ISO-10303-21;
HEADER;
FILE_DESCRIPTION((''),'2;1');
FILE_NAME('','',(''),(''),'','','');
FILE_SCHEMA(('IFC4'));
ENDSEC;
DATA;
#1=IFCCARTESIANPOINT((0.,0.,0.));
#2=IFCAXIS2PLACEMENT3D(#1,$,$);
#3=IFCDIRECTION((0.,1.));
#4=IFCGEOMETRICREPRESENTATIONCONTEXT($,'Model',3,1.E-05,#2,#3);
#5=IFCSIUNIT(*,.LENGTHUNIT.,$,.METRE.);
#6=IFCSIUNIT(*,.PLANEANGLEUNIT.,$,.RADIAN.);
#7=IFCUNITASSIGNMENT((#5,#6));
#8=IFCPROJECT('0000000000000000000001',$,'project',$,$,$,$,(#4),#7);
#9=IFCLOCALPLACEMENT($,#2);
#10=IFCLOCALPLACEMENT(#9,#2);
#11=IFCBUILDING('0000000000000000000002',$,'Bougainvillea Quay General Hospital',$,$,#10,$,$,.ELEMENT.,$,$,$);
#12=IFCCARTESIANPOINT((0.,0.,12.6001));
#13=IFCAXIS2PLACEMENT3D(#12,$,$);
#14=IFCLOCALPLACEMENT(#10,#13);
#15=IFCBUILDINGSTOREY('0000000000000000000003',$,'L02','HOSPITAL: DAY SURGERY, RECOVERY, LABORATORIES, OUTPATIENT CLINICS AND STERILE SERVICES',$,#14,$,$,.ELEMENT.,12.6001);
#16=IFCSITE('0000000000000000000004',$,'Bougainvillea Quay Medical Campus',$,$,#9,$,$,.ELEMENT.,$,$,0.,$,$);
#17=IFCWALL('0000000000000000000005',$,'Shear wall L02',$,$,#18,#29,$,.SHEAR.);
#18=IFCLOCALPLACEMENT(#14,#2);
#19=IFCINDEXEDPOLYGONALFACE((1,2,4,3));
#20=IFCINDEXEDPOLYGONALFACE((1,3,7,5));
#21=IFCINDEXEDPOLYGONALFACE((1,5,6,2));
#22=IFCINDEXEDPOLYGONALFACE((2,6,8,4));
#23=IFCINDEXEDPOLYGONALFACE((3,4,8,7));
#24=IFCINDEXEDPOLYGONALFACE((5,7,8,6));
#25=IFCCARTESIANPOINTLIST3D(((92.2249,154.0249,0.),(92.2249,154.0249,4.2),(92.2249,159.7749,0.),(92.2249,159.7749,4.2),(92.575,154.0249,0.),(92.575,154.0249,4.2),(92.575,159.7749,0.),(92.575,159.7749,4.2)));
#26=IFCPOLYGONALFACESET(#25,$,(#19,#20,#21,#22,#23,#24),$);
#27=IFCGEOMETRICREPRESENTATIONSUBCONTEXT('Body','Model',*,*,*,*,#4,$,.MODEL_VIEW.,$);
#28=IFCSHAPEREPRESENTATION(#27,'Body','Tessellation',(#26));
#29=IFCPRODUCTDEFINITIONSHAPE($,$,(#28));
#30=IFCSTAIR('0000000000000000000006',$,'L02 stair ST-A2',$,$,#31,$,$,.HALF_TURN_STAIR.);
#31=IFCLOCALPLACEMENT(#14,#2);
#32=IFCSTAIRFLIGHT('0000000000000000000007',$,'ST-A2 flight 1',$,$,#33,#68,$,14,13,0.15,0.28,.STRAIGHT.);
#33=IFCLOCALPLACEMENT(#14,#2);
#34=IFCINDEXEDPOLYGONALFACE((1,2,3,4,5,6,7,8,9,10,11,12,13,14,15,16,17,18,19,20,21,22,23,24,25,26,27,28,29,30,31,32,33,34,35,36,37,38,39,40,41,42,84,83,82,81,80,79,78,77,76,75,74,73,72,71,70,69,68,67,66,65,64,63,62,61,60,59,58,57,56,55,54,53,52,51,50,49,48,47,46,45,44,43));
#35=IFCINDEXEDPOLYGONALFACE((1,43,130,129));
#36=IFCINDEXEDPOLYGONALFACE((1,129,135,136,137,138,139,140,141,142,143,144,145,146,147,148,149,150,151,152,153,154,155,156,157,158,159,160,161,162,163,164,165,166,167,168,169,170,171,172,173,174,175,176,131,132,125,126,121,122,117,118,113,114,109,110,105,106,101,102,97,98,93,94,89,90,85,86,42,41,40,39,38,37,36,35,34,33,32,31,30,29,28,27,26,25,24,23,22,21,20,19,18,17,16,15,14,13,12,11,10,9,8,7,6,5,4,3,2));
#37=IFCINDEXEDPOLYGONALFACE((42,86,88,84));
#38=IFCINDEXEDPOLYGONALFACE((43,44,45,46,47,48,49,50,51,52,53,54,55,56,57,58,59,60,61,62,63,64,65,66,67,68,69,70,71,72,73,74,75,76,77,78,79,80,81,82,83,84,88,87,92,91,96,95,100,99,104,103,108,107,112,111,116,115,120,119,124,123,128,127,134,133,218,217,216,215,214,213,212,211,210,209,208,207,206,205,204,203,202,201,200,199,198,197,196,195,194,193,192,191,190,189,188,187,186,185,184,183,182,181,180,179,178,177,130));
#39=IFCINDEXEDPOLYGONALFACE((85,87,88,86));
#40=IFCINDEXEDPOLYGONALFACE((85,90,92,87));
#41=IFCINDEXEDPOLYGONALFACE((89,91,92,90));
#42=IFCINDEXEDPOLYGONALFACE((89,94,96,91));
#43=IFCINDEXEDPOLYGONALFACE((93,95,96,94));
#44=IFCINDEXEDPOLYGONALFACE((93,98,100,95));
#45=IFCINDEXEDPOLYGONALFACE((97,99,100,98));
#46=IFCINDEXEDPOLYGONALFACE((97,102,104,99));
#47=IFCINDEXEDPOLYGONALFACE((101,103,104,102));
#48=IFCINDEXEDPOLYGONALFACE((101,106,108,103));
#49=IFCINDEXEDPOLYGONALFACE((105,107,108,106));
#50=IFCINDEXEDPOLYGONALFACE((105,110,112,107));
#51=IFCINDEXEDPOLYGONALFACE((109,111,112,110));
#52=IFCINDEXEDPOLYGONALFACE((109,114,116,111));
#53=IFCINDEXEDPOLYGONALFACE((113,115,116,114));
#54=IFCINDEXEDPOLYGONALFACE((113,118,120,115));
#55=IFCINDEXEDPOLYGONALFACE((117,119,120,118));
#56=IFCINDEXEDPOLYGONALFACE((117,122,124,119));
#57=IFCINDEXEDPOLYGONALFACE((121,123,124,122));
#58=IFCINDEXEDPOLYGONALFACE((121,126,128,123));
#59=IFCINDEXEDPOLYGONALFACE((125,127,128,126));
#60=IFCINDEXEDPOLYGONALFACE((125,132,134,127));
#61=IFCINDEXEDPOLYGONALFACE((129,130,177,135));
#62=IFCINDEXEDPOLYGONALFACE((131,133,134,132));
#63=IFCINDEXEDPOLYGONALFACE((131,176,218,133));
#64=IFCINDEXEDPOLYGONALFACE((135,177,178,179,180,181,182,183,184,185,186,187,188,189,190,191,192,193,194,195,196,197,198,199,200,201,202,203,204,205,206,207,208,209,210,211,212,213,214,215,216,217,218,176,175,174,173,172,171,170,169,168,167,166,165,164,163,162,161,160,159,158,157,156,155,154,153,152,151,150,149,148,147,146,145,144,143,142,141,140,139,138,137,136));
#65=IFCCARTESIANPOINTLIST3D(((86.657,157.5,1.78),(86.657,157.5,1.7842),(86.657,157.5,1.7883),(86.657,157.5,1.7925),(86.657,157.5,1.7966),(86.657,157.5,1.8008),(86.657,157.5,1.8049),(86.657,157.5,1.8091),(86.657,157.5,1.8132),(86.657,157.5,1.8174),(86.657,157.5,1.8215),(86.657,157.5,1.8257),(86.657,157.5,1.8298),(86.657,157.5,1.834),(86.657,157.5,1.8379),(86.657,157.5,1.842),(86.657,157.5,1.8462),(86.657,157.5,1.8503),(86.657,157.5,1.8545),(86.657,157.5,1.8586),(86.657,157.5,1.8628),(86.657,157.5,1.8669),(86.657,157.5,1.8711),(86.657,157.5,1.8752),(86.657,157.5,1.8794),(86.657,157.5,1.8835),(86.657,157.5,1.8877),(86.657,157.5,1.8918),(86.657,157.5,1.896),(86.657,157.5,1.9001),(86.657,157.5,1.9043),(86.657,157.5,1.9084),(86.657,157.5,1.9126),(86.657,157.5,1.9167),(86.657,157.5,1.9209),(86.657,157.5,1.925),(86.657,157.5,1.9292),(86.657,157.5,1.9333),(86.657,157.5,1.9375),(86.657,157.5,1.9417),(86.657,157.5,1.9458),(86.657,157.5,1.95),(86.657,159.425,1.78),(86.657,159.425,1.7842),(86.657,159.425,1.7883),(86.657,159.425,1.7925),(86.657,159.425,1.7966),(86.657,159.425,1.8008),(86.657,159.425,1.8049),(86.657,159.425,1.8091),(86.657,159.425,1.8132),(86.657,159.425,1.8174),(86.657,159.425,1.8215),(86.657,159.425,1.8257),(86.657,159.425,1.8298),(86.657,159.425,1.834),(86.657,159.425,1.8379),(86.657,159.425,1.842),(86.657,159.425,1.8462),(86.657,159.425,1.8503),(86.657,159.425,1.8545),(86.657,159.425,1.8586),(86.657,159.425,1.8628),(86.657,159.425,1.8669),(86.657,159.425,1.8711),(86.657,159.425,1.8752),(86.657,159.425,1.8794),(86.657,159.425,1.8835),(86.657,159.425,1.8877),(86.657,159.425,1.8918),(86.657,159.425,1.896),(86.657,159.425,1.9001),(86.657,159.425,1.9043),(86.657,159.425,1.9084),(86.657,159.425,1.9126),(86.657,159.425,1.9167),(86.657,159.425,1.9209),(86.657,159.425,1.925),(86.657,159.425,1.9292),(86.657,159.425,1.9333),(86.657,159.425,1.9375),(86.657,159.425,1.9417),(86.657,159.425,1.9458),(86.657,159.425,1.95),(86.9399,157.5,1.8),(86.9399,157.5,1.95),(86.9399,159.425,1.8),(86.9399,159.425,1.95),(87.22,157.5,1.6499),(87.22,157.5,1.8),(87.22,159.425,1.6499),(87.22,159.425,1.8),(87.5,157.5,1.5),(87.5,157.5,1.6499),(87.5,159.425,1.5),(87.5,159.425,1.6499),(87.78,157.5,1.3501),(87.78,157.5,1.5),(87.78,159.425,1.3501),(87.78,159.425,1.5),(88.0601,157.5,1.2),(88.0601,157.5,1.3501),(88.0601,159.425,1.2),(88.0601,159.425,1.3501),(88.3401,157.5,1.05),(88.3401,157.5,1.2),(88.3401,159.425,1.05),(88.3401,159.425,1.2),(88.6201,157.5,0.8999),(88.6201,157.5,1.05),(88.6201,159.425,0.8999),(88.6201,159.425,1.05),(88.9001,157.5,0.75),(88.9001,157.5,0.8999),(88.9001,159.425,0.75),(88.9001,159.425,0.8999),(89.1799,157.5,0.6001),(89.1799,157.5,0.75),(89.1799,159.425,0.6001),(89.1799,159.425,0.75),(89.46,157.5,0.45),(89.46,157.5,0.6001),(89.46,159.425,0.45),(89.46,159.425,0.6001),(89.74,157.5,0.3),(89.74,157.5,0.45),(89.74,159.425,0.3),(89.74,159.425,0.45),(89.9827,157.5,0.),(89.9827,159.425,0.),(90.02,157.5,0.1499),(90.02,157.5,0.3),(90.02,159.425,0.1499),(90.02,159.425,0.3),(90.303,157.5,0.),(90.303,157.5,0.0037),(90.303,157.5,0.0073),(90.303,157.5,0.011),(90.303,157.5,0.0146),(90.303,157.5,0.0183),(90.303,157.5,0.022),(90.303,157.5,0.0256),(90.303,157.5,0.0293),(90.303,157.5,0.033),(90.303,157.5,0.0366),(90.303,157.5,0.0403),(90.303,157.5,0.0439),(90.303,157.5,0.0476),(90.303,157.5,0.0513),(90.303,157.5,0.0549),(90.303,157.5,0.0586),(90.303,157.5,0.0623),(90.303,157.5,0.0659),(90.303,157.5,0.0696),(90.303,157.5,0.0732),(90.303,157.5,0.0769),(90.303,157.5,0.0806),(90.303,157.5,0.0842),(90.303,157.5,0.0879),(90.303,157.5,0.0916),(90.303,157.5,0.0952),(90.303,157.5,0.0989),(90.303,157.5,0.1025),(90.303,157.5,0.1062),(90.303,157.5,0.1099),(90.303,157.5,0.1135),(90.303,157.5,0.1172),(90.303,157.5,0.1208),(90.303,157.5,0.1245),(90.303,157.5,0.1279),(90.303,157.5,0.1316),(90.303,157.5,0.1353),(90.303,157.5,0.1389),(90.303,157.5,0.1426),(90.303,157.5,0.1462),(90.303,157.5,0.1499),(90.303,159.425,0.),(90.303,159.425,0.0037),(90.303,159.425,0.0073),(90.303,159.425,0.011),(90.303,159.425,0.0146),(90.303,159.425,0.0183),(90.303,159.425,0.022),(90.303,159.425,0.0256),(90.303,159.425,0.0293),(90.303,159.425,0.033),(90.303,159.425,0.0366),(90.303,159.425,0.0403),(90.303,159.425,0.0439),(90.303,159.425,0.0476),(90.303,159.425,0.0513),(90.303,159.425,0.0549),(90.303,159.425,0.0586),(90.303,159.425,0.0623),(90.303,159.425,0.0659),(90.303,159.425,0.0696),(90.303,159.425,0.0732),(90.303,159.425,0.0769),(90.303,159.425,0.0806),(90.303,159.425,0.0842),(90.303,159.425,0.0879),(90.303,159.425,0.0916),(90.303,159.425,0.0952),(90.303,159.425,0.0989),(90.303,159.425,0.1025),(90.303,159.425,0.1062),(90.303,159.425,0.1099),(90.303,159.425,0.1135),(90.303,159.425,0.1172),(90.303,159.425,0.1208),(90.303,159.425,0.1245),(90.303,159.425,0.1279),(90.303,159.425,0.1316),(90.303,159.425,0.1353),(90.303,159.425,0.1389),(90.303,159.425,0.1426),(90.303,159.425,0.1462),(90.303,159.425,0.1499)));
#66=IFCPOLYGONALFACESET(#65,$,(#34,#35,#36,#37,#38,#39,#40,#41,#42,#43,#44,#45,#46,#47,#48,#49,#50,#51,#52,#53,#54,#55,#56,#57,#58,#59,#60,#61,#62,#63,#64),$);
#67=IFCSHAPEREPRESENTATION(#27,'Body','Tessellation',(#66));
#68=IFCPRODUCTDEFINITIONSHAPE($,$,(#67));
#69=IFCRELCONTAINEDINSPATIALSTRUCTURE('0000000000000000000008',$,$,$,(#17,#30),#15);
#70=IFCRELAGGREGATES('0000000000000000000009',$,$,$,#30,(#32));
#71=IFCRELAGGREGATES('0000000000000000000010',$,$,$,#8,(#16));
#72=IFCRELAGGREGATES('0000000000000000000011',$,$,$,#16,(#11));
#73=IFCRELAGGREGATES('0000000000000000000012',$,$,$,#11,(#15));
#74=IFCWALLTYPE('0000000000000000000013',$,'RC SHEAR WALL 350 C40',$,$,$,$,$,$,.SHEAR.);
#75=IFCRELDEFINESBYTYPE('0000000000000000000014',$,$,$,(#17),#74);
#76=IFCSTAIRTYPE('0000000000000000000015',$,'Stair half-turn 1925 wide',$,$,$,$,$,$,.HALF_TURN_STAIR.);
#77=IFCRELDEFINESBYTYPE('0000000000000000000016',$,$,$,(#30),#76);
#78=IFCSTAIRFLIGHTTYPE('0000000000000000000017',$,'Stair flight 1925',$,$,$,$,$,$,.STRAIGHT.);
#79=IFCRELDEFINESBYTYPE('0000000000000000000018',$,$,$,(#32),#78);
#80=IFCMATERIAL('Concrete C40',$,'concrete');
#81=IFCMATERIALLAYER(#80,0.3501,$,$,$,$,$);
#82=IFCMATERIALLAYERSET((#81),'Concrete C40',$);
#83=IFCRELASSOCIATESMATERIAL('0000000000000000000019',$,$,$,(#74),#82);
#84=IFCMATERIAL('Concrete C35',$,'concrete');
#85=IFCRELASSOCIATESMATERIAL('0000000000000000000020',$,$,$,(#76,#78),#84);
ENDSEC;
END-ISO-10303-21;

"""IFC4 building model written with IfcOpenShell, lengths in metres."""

from ifc_helpers import new_model, si_unit, direction, frame, frame_2d, origin, place, context, subcontext, project, spatial, polyline, rectangle, outline, extrude, material, layer, layer_set, type_object, element, aggregate, save


model = new_model("IFC4")

# Units and contexts
model_context = context("Model", 3, precision=1e-05, world=origin(), true_north=direction((0.0, 1.0)))
body_context = subcontext(model_context, "Body", "Model", "MODEL_VIEW")
ifc_project = project(units=[si_unit("LENGTHUNIT", "METRE"), si_unit("PLANEANGLEUNIT", "RADIAN")], contexts=[model_context])

# Site, building, storey
site_placement = place(None, origin())
site = spatial("IfcSite", under=ifc_project, at=site_placement, Name="Bougainvillea Quay Medical Campus", CompositionType="ELEMENT", RefElevation=0.0)
building_placement = place(site_placement, origin())
building = spatial("IfcBuilding", under=site, at=building_placement, Name="Bougainvillea Quay General Hospital", CompositionType="ELEMENT")
storey_placement = place(building_placement, frame((0.0, 0.0, 12.6001)))
storey = spatial("IfcBuildingStorey", under=building, at=storey_placement, Name="L02", Description="HOSPITAL: DAY SURGERY, RECOVERY, LABORATORIES, OUTPATIENT CLINICS AND STERILE SERVICES", CompositionType="ELEMENT", Elevation=12.6001)

# Shared definitions
ifc_material_1 = material(Name="Concrete C40", Category="concrete")

# Wall
ifc_layer_1 = layer(ifc_material_1, 0.3501)
ifc_layer_set_1 = layer_set([ifc_layer_1], Name="Concrete C40")
wall_type_1 = type_object("IfcWallType", Name="RC SHEAR WALL 350 C40", PredefinedType="SHEAR", material=ifc_layer_set_1)
wall_1_placement = place(storey_placement, frame((92.3999, 154.0249, 0.0), z_axis=(0.0, 0.0, 1.0), x_axis=(0.0, 1.0, 0.0)))
element("IfcWall", 1, at=wall_1_placement, inside=storey, type_object=wall_type_1, Name="Shear wall L02", PredefinedType="SHEAR", context=body_context, shape_type="SweptSolid", body=[
    extrude(rectangle(XDim=5.75, YDim=0.3501, at=frame_2d((2.875, 0.0))), origin(), (0.0, 0.0, 1.0), 4.2),
])

# Stair, stair flight
ifc_material_2 = material(Name="Concrete C35", Category="concrete")
stair_type = type_object("IfcStairType", Name="Stair half-turn 1925 wide", PredefinedType="HALF_TURN_STAIR", material=ifc_material_2)
stair_placement = place(storey_placement, origin())
stair = element("IfcStair", 2, at=stair_placement, inside=storey, type_object=stair_type, Name="L02 stair ST-A2", PredefinedType="HALF_TURN_STAIR")
stair_flight_type = type_object("IfcStairFlightType", Name="Stair flight 1925", PredefinedType="STRAIGHT", material=ifc_material_2)
stair_flight_placement = place(storey_placement, frame((90.3, 158.4624, 0.0), z_axis=(0.0, 0.0, 1.0), x_axis=(-1.0, 0.0, 0.0)))
stair_flight = element("IfcStairFlight", 3, at=stair_flight_placement, type_object=stair_flight_type, Name="ST-A2 flight 1", NumberOfRisers=14, NumberOfTreads=13, PredefinedType="STRAIGHT", RiserHeight=0.15, TreadLength=0.28, context=body_context, shape_type="SweptSolid", body=[
    extrude(outline(polyline([(-0.0029, 0.0), (-0.0029, 0.0037), (-0.0029, 0.0073), (-0.0029, 0.011), (-0.0029, 0.0146), (-0.0029, 0.0183), (-0.0029, 0.022), (-0.0029, 0.0256), (-0.0029, 0.0293), (-0.0029, 0.033), (-0.0029, 0.0366), (-0.0029, 0.0403), (-0.0029, 0.0439), (-0.0029, 0.0476), (-0.0029, 0.0513), (-0.0029, 0.0549), (-0.0029, 0.0586), (-0.0029, 0.0623), (-0.0029, 0.0659), (-0.0029, 0.0696), (-0.0029, 0.0732), (-0.0029, 0.0769), (-0.0029, 0.0806), (-0.0029, 0.0842), (-0.0029, 0.0879), (-0.0029, 0.0916), (-0.0029, 0.0952), (-0.0029, 0.0989), (-0.0029, 0.1025), (-0.0029, 0.1062), (-0.0029, 0.1099), (-0.0029, 0.1135), (-0.0029, 0.1172), (-0.0029, 0.1208), (-0.0029, 0.1245), (-0.0029, 0.1279), (-0.0029, 0.1316), (-0.0029, 0.1353), (-0.0029, 0.1389), (-0.0029, 0.1426), (-0.0029, 0.1462), (-0.0029, 0.1499), (0.28, 0.1499), (0.28, 0.3), (0.5601, 0.3), (0.5601, 0.45), (0.8401, 0.45), (0.8401, 0.6001), (1.1201, 0.6001), (1.1201, 0.75), (1.3999, 0.75), (1.3999, 0.8999), (1.6799, 0.8999), (1.6799, 1.05), (1.96, 1.05), (1.96, 1.2), (2.24, 1.2), (2.24, 1.3501), (2.52, 1.3501), (2.52, 1.5), (2.8, 1.5), (2.8, 1.6499), (3.0801, 1.6499), (3.0801, 1.8), (3.3601, 1.8), (3.3601, 1.95), (3.6431, 1.95), (3.6431, 1.9458), (3.6431, 1.9417), (3.6431, 1.9375), (3.6431, 1.9333), (3.6431, 1.9292), (3.6431, 1.925), (3.6431, 1.9209), (3.6431, 1.9167), (3.6431, 1.9126), (3.6431, 1.9084), (3.6431, 1.9043), (3.6431, 1.9001), (3.6431, 1.896), (3.6431, 1.8918), (3.6431, 1.8877), (3.6431, 1.8835), (3.6431, 1.8794), (3.6431, 1.8752), (3.6431, 1.8711), (3.6431, 1.8669), (3.6431, 1.8628), (3.6431, 1.8586), (3.6431, 1.8545), (3.6431, 1.8503), (3.6431, 1.8462), (3.6431, 1.842), (3.6431, 1.8379), (3.6431, 1.834), (3.6431, 1.8298), (3.6431, 1.8257), (3.6431, 1.8215), (3.6431, 1.8174), (3.6431, 1.8132), (3.6431, 1.8091), (3.6431, 1.8049), (3.6431, 1.8008), (3.6431, 1.7966), (3.6431, 1.7925), (3.6431, 1.7883), (3.6431, 1.7842), (3.6431, 1.78), (0.3174, 0.0), (-0.0029, 0.0)])), frame((0.0, 0.9624, 0.0), z_axis=(0.0, -1.0, 0.0), x_axis=(1.0, 0.0, 0.0)), (0.0, 0.0, 1.0), 1.925),
])
aggregate(stair, [stair_flight])

save(model, "model.ifc")
